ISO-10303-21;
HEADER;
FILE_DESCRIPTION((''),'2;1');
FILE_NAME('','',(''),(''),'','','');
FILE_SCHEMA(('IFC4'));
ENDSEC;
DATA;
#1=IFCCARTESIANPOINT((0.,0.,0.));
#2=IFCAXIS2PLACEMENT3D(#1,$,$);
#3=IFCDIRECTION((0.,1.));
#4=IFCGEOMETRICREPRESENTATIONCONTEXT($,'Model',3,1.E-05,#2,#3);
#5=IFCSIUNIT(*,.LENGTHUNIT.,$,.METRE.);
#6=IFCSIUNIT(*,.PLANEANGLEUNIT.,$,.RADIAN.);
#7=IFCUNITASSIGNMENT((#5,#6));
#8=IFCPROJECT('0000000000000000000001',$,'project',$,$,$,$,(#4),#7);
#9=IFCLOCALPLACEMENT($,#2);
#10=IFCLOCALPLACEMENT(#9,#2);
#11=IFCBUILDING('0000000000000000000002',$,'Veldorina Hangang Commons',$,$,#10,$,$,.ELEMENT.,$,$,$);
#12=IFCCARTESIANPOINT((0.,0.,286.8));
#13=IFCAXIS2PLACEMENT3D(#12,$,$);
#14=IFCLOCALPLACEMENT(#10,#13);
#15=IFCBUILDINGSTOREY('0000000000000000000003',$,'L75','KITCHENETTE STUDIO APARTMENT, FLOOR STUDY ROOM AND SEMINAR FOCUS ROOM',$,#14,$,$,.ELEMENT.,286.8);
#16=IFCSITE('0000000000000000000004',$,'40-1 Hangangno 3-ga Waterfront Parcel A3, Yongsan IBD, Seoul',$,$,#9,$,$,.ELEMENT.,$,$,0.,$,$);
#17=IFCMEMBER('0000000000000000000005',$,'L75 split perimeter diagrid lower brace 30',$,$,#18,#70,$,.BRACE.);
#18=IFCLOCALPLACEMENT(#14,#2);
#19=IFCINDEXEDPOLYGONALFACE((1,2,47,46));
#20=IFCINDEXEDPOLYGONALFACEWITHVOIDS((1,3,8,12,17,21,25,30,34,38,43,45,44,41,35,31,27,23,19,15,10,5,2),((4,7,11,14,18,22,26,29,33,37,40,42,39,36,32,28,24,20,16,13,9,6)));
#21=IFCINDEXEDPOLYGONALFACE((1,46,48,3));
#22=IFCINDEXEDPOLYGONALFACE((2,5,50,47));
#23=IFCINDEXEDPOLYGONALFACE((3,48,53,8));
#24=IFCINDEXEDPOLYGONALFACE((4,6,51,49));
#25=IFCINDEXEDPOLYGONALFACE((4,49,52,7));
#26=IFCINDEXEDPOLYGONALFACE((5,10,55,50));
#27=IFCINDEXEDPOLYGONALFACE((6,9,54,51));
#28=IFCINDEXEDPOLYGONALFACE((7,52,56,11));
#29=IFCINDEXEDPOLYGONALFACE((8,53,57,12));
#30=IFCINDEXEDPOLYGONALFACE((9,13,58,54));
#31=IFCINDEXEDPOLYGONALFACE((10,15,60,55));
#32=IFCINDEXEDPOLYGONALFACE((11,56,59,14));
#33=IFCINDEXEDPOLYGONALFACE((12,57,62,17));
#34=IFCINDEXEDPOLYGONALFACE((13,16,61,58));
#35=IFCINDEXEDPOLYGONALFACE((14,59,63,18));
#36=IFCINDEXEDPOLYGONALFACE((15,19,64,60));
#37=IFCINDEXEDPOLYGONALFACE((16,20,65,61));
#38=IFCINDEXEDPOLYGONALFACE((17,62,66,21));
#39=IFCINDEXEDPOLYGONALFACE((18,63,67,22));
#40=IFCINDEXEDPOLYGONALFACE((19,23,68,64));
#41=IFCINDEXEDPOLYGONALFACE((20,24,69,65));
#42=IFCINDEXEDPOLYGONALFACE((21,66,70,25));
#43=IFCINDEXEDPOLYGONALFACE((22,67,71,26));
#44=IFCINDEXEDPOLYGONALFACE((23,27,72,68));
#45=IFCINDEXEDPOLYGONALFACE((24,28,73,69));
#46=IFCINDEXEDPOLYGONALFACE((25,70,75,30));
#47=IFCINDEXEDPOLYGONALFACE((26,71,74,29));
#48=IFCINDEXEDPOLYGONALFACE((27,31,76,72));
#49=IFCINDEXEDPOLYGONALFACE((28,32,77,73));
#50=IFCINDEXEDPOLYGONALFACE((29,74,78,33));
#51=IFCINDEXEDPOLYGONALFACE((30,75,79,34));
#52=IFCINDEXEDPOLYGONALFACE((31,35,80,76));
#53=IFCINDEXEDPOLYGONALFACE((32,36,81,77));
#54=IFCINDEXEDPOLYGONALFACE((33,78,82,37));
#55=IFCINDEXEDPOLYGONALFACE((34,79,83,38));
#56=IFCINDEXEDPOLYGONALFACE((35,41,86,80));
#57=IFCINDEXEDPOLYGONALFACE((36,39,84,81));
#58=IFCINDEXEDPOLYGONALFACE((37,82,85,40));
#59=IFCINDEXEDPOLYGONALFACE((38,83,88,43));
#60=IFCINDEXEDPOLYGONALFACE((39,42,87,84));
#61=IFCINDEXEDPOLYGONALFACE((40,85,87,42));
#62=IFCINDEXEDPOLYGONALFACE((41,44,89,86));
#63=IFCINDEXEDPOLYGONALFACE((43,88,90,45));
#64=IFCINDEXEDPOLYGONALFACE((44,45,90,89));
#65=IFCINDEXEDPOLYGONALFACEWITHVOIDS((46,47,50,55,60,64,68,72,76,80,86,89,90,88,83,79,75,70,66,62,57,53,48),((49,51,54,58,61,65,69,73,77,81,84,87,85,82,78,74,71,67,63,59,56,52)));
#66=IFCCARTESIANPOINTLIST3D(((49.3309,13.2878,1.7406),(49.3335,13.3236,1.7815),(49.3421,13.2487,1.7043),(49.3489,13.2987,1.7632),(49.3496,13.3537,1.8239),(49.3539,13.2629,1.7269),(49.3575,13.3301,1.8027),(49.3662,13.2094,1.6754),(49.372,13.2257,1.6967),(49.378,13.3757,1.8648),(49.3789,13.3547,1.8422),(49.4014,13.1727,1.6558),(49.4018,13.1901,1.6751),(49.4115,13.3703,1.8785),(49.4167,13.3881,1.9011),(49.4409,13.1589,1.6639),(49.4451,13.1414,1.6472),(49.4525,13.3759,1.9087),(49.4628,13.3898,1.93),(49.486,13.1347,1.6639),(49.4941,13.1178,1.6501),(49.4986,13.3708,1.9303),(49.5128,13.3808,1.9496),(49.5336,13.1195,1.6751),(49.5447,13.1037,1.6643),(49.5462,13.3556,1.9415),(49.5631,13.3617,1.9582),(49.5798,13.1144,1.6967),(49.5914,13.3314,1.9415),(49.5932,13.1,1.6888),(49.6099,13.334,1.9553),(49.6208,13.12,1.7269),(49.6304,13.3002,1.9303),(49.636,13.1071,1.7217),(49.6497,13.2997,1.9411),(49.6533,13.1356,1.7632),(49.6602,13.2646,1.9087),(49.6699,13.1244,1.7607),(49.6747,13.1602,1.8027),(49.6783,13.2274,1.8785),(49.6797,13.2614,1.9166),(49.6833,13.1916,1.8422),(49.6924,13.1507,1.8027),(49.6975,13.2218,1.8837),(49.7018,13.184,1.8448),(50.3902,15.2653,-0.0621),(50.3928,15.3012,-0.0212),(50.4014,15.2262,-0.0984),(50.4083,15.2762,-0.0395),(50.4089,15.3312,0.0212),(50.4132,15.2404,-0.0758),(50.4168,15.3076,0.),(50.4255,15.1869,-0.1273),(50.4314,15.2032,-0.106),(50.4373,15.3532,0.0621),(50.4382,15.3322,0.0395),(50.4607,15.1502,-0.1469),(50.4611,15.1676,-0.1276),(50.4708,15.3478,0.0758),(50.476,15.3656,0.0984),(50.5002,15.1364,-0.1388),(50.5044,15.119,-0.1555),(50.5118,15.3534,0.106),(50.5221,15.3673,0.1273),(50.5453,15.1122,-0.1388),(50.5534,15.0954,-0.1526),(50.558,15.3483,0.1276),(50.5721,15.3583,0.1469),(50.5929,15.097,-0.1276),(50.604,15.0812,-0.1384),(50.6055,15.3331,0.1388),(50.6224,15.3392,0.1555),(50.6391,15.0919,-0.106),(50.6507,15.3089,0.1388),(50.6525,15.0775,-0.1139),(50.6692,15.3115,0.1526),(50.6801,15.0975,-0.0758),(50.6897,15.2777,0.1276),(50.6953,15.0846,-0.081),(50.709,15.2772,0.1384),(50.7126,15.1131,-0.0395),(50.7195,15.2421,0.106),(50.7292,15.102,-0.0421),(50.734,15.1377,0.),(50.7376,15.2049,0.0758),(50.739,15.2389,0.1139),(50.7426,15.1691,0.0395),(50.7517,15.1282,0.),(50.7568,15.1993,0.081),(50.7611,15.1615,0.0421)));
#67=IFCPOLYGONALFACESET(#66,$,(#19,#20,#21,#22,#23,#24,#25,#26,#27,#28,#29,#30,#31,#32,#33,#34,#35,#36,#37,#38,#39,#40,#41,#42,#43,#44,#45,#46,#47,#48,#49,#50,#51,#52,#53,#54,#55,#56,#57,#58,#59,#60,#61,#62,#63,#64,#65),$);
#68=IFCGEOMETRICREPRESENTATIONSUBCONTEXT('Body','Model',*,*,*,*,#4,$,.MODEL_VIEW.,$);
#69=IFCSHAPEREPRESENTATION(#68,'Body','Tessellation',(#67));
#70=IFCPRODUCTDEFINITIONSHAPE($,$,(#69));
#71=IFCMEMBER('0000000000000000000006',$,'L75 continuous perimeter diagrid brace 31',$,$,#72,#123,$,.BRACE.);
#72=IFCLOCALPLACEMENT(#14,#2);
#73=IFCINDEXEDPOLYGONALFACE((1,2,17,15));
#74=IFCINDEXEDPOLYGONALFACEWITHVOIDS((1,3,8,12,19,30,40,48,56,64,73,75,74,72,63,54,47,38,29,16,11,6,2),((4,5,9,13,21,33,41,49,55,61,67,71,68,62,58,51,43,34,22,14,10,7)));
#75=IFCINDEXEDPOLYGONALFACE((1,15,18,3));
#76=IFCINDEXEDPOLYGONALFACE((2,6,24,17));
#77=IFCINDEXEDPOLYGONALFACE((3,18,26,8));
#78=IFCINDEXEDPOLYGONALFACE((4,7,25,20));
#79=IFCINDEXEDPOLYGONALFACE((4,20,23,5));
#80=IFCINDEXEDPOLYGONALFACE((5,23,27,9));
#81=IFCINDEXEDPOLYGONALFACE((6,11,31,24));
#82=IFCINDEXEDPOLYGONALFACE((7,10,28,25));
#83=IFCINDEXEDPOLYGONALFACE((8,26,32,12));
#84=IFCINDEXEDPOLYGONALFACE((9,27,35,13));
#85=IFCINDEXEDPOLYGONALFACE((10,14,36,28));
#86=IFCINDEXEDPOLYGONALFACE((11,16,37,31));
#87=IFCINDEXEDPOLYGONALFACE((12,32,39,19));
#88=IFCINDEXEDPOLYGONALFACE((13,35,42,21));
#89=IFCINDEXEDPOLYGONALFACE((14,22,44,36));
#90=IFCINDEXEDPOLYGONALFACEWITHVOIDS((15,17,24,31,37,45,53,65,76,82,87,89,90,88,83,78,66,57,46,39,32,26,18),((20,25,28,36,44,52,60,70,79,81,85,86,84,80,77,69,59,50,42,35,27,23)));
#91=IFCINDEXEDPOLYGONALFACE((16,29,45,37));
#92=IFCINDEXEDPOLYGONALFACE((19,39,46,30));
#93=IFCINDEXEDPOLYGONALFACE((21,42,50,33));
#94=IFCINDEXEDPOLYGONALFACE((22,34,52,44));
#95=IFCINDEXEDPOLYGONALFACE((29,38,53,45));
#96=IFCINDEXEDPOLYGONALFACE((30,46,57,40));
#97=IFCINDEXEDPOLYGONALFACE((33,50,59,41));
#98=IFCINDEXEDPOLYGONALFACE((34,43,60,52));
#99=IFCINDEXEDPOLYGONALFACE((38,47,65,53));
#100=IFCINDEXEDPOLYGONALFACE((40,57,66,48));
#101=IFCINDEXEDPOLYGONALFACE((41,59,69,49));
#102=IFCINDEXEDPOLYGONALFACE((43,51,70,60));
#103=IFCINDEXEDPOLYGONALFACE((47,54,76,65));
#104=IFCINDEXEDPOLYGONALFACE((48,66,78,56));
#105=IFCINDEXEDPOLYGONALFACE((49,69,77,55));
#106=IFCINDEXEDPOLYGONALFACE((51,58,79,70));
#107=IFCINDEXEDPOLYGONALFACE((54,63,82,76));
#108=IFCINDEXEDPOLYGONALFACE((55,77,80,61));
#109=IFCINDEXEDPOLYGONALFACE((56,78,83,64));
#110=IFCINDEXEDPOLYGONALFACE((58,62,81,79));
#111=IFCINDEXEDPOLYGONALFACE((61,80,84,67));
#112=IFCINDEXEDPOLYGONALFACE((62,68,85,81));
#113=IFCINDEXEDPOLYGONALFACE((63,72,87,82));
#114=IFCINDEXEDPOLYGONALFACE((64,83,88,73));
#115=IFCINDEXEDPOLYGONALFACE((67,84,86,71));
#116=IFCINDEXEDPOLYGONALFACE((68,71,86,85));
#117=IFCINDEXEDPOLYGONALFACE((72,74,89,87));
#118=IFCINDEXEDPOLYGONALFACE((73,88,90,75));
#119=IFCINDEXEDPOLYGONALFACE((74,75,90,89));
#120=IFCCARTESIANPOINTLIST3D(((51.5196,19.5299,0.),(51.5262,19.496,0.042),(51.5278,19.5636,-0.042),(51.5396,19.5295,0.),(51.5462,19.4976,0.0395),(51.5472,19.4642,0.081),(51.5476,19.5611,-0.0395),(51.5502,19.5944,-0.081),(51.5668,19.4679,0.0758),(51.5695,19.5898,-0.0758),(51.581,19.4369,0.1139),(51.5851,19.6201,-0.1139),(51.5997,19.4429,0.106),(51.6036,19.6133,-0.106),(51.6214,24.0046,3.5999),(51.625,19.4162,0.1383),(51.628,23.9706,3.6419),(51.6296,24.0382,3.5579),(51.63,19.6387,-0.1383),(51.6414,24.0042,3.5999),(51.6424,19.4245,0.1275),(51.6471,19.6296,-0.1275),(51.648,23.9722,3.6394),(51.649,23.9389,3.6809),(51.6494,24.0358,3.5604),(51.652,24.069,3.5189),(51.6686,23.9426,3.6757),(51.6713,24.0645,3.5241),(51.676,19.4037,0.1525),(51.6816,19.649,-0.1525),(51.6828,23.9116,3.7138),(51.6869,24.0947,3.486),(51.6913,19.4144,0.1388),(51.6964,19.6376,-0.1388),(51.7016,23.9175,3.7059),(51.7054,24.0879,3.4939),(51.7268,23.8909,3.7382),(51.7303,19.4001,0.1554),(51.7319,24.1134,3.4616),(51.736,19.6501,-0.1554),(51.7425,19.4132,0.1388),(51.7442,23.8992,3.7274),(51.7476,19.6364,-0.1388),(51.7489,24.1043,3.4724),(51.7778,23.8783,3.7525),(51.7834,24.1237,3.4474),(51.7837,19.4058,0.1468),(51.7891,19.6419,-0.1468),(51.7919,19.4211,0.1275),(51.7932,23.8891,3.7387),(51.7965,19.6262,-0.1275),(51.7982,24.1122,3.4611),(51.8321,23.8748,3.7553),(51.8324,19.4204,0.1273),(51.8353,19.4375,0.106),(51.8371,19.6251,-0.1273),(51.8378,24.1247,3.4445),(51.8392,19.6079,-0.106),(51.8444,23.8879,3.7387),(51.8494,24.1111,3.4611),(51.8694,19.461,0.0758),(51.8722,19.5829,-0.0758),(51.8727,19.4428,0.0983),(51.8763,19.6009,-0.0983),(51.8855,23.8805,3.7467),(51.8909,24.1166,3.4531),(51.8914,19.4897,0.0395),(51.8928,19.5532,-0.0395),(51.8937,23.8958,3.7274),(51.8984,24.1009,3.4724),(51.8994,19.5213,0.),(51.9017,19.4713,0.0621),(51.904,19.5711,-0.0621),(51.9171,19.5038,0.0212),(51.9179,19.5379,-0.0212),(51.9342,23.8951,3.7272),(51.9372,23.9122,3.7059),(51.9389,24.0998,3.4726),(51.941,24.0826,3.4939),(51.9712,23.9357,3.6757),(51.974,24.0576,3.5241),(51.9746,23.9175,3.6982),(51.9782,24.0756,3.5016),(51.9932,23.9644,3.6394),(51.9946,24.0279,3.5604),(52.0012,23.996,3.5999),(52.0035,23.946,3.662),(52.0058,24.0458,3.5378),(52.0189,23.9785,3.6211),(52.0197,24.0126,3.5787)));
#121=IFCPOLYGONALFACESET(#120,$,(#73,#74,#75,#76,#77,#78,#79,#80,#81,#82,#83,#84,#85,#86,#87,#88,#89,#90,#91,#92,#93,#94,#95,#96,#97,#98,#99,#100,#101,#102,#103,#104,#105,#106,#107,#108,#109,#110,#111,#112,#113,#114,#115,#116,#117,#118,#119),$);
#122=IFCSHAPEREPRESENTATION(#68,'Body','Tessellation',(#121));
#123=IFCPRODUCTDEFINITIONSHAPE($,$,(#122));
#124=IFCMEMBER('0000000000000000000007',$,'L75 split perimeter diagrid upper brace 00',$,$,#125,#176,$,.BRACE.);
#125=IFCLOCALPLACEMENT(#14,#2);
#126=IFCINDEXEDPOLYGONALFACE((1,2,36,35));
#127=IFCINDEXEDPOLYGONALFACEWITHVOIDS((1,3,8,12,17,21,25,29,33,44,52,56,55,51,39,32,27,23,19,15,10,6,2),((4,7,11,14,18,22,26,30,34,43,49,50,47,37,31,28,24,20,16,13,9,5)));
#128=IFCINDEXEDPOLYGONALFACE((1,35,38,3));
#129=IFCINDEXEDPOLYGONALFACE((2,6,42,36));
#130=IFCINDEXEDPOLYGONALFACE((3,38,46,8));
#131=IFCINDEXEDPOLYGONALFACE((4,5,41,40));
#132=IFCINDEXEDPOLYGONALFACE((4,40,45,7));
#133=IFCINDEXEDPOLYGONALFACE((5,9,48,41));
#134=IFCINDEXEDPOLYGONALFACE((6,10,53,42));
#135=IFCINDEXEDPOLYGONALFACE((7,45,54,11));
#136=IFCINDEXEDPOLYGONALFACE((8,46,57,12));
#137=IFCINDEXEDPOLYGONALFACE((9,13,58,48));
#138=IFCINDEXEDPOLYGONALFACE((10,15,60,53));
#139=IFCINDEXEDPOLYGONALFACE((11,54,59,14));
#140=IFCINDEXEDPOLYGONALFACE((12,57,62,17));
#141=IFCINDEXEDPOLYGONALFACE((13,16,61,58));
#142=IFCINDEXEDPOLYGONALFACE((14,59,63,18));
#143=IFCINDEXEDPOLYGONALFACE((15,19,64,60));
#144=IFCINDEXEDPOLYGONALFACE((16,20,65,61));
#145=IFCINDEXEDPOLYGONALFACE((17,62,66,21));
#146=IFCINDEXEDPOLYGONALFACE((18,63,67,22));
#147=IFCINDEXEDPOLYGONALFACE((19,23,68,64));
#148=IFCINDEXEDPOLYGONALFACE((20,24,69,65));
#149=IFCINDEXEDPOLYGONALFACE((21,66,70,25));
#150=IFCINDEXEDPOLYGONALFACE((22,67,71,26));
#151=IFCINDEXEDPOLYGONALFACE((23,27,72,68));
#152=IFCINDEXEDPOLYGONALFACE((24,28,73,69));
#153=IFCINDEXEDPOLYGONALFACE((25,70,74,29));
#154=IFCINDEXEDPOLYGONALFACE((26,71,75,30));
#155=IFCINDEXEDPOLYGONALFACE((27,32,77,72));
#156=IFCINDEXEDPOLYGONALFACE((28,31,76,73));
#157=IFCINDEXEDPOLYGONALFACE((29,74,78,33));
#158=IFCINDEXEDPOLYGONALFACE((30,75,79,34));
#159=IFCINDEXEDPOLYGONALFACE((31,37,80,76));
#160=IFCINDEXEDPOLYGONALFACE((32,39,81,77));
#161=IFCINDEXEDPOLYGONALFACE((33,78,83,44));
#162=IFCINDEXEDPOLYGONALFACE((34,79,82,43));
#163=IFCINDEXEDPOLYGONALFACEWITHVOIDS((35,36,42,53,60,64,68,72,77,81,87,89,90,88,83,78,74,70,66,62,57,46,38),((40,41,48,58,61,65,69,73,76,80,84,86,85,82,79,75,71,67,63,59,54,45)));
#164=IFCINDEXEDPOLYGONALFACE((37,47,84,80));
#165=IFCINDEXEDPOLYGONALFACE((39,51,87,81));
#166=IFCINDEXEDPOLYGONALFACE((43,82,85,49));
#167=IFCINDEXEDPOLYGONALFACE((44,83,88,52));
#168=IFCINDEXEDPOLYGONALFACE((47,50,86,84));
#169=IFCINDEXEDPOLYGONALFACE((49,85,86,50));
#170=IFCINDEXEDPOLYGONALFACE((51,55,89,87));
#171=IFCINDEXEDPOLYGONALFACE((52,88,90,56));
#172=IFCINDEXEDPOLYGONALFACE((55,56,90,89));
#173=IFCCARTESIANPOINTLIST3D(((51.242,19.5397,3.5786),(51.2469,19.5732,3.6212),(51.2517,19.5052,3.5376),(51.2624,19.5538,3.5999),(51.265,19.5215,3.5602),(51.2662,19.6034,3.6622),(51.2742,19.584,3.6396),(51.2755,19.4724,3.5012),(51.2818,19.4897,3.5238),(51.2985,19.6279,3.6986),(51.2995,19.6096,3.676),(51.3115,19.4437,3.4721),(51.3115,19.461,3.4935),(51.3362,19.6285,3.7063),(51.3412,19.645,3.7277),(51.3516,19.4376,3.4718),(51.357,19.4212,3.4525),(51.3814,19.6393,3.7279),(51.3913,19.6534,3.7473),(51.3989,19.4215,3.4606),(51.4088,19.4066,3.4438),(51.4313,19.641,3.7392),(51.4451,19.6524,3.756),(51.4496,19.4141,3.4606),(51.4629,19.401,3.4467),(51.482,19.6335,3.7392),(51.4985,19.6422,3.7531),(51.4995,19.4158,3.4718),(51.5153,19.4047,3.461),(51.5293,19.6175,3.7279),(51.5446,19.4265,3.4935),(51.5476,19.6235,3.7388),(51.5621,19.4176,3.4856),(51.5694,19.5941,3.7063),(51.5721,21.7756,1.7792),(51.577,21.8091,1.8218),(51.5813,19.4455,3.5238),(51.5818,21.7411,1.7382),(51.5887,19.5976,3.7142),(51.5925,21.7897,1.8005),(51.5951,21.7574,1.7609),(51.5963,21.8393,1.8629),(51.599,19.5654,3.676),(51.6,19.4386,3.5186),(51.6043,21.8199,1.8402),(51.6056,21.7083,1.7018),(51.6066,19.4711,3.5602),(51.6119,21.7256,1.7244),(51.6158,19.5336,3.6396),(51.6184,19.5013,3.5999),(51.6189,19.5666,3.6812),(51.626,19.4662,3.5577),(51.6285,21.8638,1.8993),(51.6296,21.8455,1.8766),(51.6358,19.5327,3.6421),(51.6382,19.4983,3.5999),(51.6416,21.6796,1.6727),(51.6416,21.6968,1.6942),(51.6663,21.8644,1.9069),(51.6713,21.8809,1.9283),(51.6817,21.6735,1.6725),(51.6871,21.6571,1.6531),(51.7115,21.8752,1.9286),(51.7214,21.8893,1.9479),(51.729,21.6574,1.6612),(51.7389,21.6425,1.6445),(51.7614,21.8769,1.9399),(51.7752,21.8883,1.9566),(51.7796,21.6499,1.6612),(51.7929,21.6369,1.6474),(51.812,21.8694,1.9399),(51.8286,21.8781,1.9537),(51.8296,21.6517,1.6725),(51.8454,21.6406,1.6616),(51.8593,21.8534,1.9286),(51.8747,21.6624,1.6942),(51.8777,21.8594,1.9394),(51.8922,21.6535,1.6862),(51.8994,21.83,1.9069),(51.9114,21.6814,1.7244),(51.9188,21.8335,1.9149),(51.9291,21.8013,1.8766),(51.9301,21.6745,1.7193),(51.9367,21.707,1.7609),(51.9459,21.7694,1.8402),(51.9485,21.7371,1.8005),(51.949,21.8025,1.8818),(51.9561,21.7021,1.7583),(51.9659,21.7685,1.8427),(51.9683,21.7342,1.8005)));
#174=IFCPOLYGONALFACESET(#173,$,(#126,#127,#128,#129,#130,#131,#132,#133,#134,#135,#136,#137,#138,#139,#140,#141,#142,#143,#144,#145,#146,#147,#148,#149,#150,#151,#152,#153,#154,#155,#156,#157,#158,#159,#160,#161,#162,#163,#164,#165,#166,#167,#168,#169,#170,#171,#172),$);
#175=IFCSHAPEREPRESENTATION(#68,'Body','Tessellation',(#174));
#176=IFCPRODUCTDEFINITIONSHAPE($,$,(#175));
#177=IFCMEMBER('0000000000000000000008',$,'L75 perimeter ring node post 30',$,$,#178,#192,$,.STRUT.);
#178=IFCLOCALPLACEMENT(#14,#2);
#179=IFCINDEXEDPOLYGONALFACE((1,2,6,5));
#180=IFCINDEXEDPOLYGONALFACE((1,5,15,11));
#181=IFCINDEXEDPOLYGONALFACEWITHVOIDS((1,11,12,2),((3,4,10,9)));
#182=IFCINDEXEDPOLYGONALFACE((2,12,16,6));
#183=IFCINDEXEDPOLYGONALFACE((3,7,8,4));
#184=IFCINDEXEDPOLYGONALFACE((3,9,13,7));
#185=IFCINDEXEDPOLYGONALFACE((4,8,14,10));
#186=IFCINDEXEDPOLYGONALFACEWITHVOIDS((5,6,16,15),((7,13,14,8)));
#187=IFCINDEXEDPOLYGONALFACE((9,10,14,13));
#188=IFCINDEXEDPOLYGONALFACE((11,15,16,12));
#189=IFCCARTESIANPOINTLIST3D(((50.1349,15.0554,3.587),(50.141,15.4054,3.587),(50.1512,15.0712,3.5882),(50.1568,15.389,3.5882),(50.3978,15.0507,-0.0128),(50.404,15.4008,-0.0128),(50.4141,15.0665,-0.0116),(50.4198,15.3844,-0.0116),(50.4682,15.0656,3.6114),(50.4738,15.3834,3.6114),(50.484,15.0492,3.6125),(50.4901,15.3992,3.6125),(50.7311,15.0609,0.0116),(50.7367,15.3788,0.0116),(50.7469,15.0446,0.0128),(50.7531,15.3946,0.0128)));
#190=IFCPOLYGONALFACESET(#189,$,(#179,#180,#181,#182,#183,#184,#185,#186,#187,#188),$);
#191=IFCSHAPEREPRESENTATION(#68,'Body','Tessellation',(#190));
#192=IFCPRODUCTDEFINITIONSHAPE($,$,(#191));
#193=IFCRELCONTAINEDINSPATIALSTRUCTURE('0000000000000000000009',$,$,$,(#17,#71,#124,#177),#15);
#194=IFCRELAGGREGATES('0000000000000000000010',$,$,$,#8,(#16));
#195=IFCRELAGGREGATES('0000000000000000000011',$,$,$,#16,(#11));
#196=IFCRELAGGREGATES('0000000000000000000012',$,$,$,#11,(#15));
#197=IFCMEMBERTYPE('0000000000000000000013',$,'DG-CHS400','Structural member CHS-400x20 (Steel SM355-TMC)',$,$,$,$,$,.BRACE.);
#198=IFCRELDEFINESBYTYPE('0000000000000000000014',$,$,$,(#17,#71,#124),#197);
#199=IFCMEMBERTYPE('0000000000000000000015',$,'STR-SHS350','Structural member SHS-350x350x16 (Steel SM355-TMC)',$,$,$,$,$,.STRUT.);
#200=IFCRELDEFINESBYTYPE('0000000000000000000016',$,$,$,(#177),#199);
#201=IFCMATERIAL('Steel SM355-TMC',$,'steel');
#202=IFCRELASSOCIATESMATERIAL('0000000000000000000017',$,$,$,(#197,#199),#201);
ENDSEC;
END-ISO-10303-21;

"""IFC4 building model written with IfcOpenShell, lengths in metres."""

from ifc_helpers import new_model, si_unit, direction, frame, origin, origin_2d, place, context, subcontext, project, spatial, hollow_rectangle, hollow_circle, extrude, material, material_profile, profile_set, type_object, element, save


model = new_model("IFC4")

# Units and contexts
model_context = context("Model", 3, precision=1e-05, world=origin(), true_north=direction((0.0, 1.0)))
body_context = subcontext(model_context, "Body", "Model", "MODEL_VIEW")
ifc_project = project(units=[si_unit("LENGTHUNIT", "METRE"), si_unit("PLANEANGLEUNIT", "RADIAN")], contexts=[model_context])

# Site, building, storey
site_placement = place(None, origin())
site = spatial("IfcSite", under=ifc_project, at=site_placement, Name="40-1 Hangangno 3-ga Waterfront Parcel A3, Yongsan IBD, Seoul", CompositionType="ELEMENT", RefElevation=0.0)
building_placement = place(site_placement, origin())
building = spatial("IfcBuilding", under=site, at=building_placement, Name="Veldorina Hangang Commons", CompositionType="ELEMENT")
storey_placement = place(building_placement, frame((0.0, 0.0, 286.8)))
storey = spatial("IfcBuildingStorey", under=building, at=storey_placement, Name="L75", Description="KITCHENETTE STUDIO APARTMENT, FLOOR STUDY ROOM AND SEMINAR FOCUS ROOM", CompositionType="ELEMENT", Elevation=286.8)

# Shared definitions
ifc_material_1 = material(Name="Steel SM355-TMC", Category="steel")

# Members
ifc_material_profile_1 = material_profile(ifc_material_1, hollow_circle(Radius=0.2, WallThickness=0.02, at=origin_2d()), Name="CHS-400x20")
ifc_profile_set_1 = profile_set([ifc_material_profile_1], Name="Steel SM355-TMC")
member_type_1 = type_object("IfcMemberType", Name="DG-CHS400", Description="Structural member CHS-400x20 (Steel SM355-TMC)", PredefinedType="BRACE", material=ifc_profile_set_1)
member_1_placement = place(storey_placement, frame((50.5754, 15.2227, 0.0), z_axis=(-0.368082, -0.687131, 0.626392), x_axis=(0.881493, -0.472197, 0.0)))
element("IfcMember", 1, at=member_1_placement, inside=storey, type_object=member_type_1, Name="L75 split perimeter diagrid lower brace 30", PredefinedType="BRACE", context=body_context, shape_type="SweptSolid", body=[
    extrude(hollow_circle(Radius=0.2, WallThickness=0.02, at=origin_2d()), origin(), (0.0, 0.0, 1.0), 2.8779),
])
member_2_placement = place(storey_placement, frame((51.7195, 19.5254, 0.0), z_axis=(0.017725, 0.779031, 0.626735), x_axis=(-0.999741, 0.022746, 0.0)))
element("IfcMember", 2, at=member_2_placement, inside=storey, type_object=member_type_1, Name="L75 continuous perimeter diagrid brace 31", PredefinedType="BRACE", context=body_context, shape_type="SweptSolid", body=[
    extrude(hollow_circle(Radius=0.2, WallThickness=0.02, at=origin_2d()), origin(), (0.0, 0.0, 1.0), 5.7439),
])
member_3_placement = place(storey_placement, frame((51.7705, 21.7634, 1.8005), z_axis=(-0.114259, -0.773954, 0.622848), x_axis=(0.989278, -0.146048, 0.0)))
element("IfcMember", 3, at=member_3_placement, inside=storey, type_object=member_type_1, Name="L75 split perimeter diagrid upper brace 00", PredefinedType="BRACE", context=body_context, shape_type="SweptSolid", body=[
    extrude(hollow_circle(Radius=0.2, WallThickness=0.02, at=origin_2d()), origin(), (0.0, 0.0, 1.0), 2.8889),
])
ifc_material_profile_2 = material_profile(ifc_material_1, hollow_rectangle(XDim=0.3501, YDim=0.3501, WallThickness=0.0161, at=origin_2d()), Name="SHS-350x350x16")
ifc_profile_set_2 = profile_set([ifc_material_profile_2], Name="Steel SM355-TMC")
member_type_2 = type_object("IfcMemberType", Name="STR-SHS350", Description="Structural member SHS-350x350x16 (Steel SM355-TMC)", PredefinedType="STRUT", material=ifc_profile_set_2)
member_4_placement = place(storey_placement, frame((50.5754, 15.2227, 0.0), z_axis=(-0.072848, 0.001285, 0.997342), x_axis=(-0.017639, -0.999844, 0.0)))
element("IfcMember", 4, at=member_4_placement, inside=storey, type_object=member_type_2, Name="L75 perimeter ring node post 30", PredefinedType="STRUT", context=body_context, shape_type="SweptSolid", body=[
    extrude(hollow_rectangle(XDim=0.3501, YDim=0.3501, WallThickness=0.0161, at=origin_2d()), origin(), (0.0, 0.0, 1.0), 3.6094),
])

save(model, "model.ifc")
